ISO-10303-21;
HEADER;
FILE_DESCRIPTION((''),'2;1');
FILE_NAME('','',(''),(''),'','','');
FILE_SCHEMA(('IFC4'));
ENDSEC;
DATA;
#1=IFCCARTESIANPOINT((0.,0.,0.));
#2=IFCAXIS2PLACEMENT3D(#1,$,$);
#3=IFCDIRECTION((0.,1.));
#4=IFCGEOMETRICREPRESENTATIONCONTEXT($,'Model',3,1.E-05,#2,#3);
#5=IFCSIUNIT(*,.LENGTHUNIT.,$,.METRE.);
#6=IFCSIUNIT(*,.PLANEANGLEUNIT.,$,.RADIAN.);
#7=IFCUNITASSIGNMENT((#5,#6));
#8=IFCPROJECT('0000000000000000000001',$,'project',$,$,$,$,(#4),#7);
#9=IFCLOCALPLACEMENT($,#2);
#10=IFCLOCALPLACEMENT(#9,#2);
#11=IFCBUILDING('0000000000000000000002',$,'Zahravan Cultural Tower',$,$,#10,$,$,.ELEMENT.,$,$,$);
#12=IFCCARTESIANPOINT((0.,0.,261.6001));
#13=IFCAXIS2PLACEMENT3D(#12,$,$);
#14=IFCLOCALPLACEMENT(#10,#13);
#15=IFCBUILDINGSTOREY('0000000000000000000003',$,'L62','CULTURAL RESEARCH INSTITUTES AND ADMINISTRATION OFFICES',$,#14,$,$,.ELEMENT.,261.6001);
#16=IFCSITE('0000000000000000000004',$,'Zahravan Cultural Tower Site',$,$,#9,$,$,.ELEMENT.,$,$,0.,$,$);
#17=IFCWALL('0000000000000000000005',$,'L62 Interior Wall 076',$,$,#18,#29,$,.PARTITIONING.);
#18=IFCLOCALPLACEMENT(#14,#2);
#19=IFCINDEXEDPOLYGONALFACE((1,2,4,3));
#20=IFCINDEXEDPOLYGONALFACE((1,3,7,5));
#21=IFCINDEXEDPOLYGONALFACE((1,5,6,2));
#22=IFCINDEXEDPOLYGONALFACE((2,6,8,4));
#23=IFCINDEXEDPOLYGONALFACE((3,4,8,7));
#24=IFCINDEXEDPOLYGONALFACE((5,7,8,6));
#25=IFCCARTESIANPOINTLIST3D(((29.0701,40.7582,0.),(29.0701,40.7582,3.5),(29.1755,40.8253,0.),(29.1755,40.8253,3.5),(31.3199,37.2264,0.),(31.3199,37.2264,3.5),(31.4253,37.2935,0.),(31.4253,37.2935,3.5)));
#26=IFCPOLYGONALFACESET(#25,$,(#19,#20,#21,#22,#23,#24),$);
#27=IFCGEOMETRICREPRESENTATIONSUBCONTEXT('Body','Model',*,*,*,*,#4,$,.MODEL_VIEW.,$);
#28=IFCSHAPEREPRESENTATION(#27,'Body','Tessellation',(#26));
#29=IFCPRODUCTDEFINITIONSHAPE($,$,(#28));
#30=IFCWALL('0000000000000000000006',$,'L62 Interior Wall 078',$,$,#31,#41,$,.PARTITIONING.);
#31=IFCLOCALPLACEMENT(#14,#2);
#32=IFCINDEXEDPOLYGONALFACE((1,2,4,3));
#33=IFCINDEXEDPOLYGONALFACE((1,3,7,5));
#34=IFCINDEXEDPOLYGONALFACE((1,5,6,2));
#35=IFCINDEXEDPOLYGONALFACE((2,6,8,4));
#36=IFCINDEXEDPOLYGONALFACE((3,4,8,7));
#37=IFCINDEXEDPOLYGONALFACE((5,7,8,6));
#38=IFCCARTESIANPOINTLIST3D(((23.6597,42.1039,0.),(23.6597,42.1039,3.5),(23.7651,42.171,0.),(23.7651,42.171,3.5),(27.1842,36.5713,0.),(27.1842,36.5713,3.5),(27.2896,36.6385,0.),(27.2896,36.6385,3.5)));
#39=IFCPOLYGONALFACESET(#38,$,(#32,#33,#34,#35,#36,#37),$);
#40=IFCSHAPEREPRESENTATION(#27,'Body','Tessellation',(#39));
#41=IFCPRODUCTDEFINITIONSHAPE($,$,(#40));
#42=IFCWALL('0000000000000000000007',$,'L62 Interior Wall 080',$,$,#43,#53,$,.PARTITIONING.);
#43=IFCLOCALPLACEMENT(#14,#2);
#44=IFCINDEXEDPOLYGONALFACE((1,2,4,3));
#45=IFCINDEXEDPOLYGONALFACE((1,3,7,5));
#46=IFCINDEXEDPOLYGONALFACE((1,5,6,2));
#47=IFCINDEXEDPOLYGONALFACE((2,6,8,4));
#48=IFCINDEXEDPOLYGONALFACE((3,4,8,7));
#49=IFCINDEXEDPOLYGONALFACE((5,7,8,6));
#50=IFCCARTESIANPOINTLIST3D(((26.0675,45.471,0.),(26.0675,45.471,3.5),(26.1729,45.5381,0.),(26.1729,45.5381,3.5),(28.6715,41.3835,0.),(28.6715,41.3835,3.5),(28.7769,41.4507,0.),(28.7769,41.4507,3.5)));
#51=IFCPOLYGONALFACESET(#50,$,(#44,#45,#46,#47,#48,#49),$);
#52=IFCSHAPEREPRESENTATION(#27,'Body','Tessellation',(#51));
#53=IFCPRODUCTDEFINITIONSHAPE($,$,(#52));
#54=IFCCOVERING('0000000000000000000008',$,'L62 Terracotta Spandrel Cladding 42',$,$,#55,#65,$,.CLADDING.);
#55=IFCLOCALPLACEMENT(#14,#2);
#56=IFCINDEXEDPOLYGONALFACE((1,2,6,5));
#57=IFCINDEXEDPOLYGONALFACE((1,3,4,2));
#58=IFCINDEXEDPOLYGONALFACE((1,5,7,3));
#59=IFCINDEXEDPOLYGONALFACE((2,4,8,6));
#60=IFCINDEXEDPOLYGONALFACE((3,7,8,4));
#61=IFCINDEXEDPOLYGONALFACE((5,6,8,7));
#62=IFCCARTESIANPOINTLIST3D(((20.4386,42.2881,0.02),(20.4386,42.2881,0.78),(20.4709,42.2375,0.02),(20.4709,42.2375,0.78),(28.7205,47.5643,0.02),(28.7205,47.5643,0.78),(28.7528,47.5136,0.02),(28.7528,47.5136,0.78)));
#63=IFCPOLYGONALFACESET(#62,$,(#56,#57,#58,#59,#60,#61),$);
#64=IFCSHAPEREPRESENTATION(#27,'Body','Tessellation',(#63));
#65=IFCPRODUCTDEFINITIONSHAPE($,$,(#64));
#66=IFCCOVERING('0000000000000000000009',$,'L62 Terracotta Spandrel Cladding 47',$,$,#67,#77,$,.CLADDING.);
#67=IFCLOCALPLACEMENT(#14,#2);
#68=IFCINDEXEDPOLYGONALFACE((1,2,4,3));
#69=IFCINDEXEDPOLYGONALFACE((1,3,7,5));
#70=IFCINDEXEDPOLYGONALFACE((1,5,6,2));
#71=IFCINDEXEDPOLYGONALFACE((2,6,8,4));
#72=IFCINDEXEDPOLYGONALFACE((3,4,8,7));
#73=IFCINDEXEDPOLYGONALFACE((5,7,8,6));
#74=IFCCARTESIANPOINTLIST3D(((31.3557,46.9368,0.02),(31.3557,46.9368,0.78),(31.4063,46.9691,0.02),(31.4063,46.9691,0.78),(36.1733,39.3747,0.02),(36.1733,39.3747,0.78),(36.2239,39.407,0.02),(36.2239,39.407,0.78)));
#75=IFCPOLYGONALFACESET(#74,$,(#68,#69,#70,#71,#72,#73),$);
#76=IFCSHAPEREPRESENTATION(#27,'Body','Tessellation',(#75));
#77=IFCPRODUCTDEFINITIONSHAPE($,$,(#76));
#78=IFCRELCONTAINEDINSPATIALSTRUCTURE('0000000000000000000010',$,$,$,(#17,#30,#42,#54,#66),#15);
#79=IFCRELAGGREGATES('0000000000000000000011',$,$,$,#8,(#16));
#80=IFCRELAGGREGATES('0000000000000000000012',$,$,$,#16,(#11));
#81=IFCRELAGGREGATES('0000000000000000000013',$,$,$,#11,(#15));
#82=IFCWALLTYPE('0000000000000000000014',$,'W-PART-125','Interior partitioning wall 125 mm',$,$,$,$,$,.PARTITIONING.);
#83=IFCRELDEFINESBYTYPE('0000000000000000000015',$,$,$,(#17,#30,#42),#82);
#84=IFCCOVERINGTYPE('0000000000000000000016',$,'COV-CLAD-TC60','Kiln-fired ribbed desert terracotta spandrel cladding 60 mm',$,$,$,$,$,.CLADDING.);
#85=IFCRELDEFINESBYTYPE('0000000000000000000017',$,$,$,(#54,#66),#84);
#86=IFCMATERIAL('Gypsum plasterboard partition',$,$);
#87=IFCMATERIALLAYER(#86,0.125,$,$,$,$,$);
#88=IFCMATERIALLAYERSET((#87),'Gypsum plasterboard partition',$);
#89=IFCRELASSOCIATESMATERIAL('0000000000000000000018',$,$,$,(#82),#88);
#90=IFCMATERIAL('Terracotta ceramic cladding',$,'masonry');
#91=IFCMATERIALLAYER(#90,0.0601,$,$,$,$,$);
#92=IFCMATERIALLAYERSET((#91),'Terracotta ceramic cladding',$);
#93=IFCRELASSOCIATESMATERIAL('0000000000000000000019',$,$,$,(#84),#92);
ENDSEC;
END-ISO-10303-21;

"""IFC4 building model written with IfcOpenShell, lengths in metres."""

from ifc_helpers import new_model, si_unit, direction, frame, frame_2d, origin, origin_2d, place, context, subcontext, project, spatial, rectangle, extrude, source, transform, mapped, material, layer, layer_set, type_object, element, save


model = new_model("IFC4")

# Units and contexts
model_context = context("Model", 3, precision=1e-05, world=origin(), true_north=direction((0.0, 1.0)))
body_context = subcontext(model_context, "Body", "Model", "MODEL_VIEW")
ifc_project = project(units=[si_unit("LENGTHUNIT", "METRE"), si_unit("PLANEANGLEUNIT", "RADIAN")], contexts=[model_context])

# Site, building, storey
site_placement = place(None, origin())
site = spatial("IfcSite", under=ifc_project, at=site_placement, Name="Zahravan Cultural Tower Site", CompositionType="ELEMENT", RefElevation=0.0)
building_placement = place(site_placement, origin())
building = spatial("IfcBuilding", under=site, at=building_placement, Name="Zahravan Cultural Tower", CompositionType="ELEMENT")
storey_placement = place(building_placement, frame((0.0, 0.0, 261.6001)))
storey = spatial("IfcBuildingStorey", under=building, at=storey_placement, Name="L62", Description="CULTURAL RESEARCH INSTITUTES AND ADMINISTRATION OFFICES", CompositionType="ELEMENT", Elevation=261.6001)

# Shared definitions
ifc_material_1 = material(Name="Gypsum plasterboard partition")
ifc_layer_1 = layer(ifc_material_1, 0.125)
ifc_layer_set_1 = layer_set([ifc_layer_1], Name="Gypsum plasterboard partition")
wall_type_1 = type_object("IfcWallType", Name="W-PART-125", Description="Interior partitioning wall 125 mm", PredefinedType="PARTITIONING", material=ifc_layer_set_1)

# Walls
shared_shape_1 = source(origin(), body_context, "Body", "SweptSolid", [
    extrude(rectangle(XDim=4.1875, YDim=0.125, at=frame_2d((2.0938, 0.0))), origin(), (0.0, 0.0, 1.0), 3.5),
])
wall_1_placement = place(storey_placement, frame((29.1228, 40.7917, 0.0), z_axis=(0.0, 0.0, 1.0), x_axis=(0.537264, -0.843414, 0.0)))
element("IfcWall", 1, at=wall_1_placement, inside=storey, type_object=wall_type_1, Name="L62 Interior Wall 076", PredefinedType="PARTITIONING", context=body_context, shape_type="MappedRepresentation", body=[
    mapped(shared_shape_1, transform((0.0, 0.0, 0.0), x_axis=(1.0, 0.0, 0.0), y_axis=(0.0, 1.0, 0.0), z_axis=(0.0, 0.0, 1.0), scale=1.0)),
])
shared_shape_2 = source(origin(), body_context, "Body", "SweptSolid", [
    extrude(rectangle(XDim=6.5598, YDim=0.125, at=frame_2d((3.2798, 0.0))), origin(), (0.0, 0.0, 1.0), 3.5),
])
wall_2_placement = place(storey_placement, frame((27.2368, 36.605, 0.0), z_axis=(0.0, 0.0, 1.0), x_axis=(-0.537282, 0.843402, 0.0)))
element("IfcWall", 2, at=wall_2_placement, inside=storey, type_object=wall_type_1, Name="L62 Interior Wall 078", PredefinedType="PARTITIONING", context=body_context, shape_type="MappedRepresentation", body=[
    mapped(shared_shape_2, transform((0.0, 0.0, 0.0), x_axis=(1.0, 0.0, 0.0), y_axis=(0.0, 1.0, 0.0), z_axis=(0.0, 0.0, 1.0), scale=1.0)),
])
shared_shape_3 = source(origin(), body_context, "Body", "SweptSolid", [
    extrude(rectangle(XDim=4.8464, YDim=0.125, at=frame_2d((2.4233, 0.0))), origin(), (0.0, 0.0, 1.0), 3.5),
])
wall_3_placement = place(storey_placement, frame((26.1201, 45.5046, 0.0), z_axis=(0.0, 0.0, 1.0), x_axis=(0.537306, -0.843388, 0.0)))
element("IfcWall", 3, at=wall_3_placement, inside=storey, type_object=wall_type_1, Name="L62 Interior Wall 080", PredefinedType="PARTITIONING", context=body_context, shape_type="MappedRepresentation", body=[
    mapped(shared_shape_3, transform((0.0, 0.0, 0.0), x_axis=(1.0, 0.0, 0.0), y_axis=(0.0, 1.0, 0.0), z_axis=(0.0, 0.0, 1.0), scale=1.0)),
])

# Coverings
ifc_material_2 = material(Name="Terracotta ceramic cladding", Category="masonry")
ifc_layer_2 = layer(ifc_material_2, 0.0601)
ifc_layer_set_2 = layer_set([ifc_layer_2], Name="Terracotta ceramic cladding")
covering_type = type_object("IfcCoveringType", Name="COV-CLAD-TC60", Description="Kiln-fired ribbed desert terracotta spandrel cladding 60 mm", PredefinedType="CLADDING", material=ifc_layer_set_2)
shared_shape_4 = source(origin(), body_context, "Body", "SweptSolid", [
    extrude(rectangle(XDim=9.8198, YDim=0.0601, at=origin_2d()), origin(), (0.0, 0.0, 1.0), 0.76),
])
covering_1_placement = place(storey_placement, frame((24.5957, 44.9009, 0.02), z_axis=(0.0, 0.0, 1.0), x_axis=(0.843391, 0.5373, 0.0)))
element("IfcCovering", 4, at=covering_1_placement, inside=storey, type_object=covering_type, Name="L62 Terracotta Spandrel Cladding 42", PredefinedType="CLADDING", context=body_context, shape_type="MappedRepresentation", body=[
    mapped(shared_shape_4, transform((0.0, 0.0, 0.0), x_axis=(1.0, 0.0, 0.0), y_axis=(0.0, 1.0, 0.0), z_axis=(0.0, 0.0, 1.0), scale=1.0)),
])
shared_shape_5 = source(origin(), body_context, "Body", "SweptSolid", [
    extrude(rectangle(XDim=8.9663, YDim=0.0601, at=origin_2d()), origin(), (0.0, 0.0, 1.0), 0.76),
])
covering_2_placement = place(storey_placement, frame((33.7898, 43.1719, 0.02), z_axis=(0.0, 0.0, 1.0), x_axis=(0.5373, -0.843391, 0.0)))
element("IfcCovering", 5, at=covering_2_placement, inside=storey, type_object=covering_type, Name="L62 Terracotta Spandrel Cladding 47", PredefinedType="CLADDING", context=body_context, shape_type="MappedRepresentation", body=[
    mapped(shared_shape_5, transform((0.0, 0.0, 0.0), x_axis=(1.0, 0.0, 0.0), y_axis=(0.0, 1.0, 0.0), z_axis=(0.0, 0.0, 1.0), scale=1.0)),
])

save(model, "model.ifc")
